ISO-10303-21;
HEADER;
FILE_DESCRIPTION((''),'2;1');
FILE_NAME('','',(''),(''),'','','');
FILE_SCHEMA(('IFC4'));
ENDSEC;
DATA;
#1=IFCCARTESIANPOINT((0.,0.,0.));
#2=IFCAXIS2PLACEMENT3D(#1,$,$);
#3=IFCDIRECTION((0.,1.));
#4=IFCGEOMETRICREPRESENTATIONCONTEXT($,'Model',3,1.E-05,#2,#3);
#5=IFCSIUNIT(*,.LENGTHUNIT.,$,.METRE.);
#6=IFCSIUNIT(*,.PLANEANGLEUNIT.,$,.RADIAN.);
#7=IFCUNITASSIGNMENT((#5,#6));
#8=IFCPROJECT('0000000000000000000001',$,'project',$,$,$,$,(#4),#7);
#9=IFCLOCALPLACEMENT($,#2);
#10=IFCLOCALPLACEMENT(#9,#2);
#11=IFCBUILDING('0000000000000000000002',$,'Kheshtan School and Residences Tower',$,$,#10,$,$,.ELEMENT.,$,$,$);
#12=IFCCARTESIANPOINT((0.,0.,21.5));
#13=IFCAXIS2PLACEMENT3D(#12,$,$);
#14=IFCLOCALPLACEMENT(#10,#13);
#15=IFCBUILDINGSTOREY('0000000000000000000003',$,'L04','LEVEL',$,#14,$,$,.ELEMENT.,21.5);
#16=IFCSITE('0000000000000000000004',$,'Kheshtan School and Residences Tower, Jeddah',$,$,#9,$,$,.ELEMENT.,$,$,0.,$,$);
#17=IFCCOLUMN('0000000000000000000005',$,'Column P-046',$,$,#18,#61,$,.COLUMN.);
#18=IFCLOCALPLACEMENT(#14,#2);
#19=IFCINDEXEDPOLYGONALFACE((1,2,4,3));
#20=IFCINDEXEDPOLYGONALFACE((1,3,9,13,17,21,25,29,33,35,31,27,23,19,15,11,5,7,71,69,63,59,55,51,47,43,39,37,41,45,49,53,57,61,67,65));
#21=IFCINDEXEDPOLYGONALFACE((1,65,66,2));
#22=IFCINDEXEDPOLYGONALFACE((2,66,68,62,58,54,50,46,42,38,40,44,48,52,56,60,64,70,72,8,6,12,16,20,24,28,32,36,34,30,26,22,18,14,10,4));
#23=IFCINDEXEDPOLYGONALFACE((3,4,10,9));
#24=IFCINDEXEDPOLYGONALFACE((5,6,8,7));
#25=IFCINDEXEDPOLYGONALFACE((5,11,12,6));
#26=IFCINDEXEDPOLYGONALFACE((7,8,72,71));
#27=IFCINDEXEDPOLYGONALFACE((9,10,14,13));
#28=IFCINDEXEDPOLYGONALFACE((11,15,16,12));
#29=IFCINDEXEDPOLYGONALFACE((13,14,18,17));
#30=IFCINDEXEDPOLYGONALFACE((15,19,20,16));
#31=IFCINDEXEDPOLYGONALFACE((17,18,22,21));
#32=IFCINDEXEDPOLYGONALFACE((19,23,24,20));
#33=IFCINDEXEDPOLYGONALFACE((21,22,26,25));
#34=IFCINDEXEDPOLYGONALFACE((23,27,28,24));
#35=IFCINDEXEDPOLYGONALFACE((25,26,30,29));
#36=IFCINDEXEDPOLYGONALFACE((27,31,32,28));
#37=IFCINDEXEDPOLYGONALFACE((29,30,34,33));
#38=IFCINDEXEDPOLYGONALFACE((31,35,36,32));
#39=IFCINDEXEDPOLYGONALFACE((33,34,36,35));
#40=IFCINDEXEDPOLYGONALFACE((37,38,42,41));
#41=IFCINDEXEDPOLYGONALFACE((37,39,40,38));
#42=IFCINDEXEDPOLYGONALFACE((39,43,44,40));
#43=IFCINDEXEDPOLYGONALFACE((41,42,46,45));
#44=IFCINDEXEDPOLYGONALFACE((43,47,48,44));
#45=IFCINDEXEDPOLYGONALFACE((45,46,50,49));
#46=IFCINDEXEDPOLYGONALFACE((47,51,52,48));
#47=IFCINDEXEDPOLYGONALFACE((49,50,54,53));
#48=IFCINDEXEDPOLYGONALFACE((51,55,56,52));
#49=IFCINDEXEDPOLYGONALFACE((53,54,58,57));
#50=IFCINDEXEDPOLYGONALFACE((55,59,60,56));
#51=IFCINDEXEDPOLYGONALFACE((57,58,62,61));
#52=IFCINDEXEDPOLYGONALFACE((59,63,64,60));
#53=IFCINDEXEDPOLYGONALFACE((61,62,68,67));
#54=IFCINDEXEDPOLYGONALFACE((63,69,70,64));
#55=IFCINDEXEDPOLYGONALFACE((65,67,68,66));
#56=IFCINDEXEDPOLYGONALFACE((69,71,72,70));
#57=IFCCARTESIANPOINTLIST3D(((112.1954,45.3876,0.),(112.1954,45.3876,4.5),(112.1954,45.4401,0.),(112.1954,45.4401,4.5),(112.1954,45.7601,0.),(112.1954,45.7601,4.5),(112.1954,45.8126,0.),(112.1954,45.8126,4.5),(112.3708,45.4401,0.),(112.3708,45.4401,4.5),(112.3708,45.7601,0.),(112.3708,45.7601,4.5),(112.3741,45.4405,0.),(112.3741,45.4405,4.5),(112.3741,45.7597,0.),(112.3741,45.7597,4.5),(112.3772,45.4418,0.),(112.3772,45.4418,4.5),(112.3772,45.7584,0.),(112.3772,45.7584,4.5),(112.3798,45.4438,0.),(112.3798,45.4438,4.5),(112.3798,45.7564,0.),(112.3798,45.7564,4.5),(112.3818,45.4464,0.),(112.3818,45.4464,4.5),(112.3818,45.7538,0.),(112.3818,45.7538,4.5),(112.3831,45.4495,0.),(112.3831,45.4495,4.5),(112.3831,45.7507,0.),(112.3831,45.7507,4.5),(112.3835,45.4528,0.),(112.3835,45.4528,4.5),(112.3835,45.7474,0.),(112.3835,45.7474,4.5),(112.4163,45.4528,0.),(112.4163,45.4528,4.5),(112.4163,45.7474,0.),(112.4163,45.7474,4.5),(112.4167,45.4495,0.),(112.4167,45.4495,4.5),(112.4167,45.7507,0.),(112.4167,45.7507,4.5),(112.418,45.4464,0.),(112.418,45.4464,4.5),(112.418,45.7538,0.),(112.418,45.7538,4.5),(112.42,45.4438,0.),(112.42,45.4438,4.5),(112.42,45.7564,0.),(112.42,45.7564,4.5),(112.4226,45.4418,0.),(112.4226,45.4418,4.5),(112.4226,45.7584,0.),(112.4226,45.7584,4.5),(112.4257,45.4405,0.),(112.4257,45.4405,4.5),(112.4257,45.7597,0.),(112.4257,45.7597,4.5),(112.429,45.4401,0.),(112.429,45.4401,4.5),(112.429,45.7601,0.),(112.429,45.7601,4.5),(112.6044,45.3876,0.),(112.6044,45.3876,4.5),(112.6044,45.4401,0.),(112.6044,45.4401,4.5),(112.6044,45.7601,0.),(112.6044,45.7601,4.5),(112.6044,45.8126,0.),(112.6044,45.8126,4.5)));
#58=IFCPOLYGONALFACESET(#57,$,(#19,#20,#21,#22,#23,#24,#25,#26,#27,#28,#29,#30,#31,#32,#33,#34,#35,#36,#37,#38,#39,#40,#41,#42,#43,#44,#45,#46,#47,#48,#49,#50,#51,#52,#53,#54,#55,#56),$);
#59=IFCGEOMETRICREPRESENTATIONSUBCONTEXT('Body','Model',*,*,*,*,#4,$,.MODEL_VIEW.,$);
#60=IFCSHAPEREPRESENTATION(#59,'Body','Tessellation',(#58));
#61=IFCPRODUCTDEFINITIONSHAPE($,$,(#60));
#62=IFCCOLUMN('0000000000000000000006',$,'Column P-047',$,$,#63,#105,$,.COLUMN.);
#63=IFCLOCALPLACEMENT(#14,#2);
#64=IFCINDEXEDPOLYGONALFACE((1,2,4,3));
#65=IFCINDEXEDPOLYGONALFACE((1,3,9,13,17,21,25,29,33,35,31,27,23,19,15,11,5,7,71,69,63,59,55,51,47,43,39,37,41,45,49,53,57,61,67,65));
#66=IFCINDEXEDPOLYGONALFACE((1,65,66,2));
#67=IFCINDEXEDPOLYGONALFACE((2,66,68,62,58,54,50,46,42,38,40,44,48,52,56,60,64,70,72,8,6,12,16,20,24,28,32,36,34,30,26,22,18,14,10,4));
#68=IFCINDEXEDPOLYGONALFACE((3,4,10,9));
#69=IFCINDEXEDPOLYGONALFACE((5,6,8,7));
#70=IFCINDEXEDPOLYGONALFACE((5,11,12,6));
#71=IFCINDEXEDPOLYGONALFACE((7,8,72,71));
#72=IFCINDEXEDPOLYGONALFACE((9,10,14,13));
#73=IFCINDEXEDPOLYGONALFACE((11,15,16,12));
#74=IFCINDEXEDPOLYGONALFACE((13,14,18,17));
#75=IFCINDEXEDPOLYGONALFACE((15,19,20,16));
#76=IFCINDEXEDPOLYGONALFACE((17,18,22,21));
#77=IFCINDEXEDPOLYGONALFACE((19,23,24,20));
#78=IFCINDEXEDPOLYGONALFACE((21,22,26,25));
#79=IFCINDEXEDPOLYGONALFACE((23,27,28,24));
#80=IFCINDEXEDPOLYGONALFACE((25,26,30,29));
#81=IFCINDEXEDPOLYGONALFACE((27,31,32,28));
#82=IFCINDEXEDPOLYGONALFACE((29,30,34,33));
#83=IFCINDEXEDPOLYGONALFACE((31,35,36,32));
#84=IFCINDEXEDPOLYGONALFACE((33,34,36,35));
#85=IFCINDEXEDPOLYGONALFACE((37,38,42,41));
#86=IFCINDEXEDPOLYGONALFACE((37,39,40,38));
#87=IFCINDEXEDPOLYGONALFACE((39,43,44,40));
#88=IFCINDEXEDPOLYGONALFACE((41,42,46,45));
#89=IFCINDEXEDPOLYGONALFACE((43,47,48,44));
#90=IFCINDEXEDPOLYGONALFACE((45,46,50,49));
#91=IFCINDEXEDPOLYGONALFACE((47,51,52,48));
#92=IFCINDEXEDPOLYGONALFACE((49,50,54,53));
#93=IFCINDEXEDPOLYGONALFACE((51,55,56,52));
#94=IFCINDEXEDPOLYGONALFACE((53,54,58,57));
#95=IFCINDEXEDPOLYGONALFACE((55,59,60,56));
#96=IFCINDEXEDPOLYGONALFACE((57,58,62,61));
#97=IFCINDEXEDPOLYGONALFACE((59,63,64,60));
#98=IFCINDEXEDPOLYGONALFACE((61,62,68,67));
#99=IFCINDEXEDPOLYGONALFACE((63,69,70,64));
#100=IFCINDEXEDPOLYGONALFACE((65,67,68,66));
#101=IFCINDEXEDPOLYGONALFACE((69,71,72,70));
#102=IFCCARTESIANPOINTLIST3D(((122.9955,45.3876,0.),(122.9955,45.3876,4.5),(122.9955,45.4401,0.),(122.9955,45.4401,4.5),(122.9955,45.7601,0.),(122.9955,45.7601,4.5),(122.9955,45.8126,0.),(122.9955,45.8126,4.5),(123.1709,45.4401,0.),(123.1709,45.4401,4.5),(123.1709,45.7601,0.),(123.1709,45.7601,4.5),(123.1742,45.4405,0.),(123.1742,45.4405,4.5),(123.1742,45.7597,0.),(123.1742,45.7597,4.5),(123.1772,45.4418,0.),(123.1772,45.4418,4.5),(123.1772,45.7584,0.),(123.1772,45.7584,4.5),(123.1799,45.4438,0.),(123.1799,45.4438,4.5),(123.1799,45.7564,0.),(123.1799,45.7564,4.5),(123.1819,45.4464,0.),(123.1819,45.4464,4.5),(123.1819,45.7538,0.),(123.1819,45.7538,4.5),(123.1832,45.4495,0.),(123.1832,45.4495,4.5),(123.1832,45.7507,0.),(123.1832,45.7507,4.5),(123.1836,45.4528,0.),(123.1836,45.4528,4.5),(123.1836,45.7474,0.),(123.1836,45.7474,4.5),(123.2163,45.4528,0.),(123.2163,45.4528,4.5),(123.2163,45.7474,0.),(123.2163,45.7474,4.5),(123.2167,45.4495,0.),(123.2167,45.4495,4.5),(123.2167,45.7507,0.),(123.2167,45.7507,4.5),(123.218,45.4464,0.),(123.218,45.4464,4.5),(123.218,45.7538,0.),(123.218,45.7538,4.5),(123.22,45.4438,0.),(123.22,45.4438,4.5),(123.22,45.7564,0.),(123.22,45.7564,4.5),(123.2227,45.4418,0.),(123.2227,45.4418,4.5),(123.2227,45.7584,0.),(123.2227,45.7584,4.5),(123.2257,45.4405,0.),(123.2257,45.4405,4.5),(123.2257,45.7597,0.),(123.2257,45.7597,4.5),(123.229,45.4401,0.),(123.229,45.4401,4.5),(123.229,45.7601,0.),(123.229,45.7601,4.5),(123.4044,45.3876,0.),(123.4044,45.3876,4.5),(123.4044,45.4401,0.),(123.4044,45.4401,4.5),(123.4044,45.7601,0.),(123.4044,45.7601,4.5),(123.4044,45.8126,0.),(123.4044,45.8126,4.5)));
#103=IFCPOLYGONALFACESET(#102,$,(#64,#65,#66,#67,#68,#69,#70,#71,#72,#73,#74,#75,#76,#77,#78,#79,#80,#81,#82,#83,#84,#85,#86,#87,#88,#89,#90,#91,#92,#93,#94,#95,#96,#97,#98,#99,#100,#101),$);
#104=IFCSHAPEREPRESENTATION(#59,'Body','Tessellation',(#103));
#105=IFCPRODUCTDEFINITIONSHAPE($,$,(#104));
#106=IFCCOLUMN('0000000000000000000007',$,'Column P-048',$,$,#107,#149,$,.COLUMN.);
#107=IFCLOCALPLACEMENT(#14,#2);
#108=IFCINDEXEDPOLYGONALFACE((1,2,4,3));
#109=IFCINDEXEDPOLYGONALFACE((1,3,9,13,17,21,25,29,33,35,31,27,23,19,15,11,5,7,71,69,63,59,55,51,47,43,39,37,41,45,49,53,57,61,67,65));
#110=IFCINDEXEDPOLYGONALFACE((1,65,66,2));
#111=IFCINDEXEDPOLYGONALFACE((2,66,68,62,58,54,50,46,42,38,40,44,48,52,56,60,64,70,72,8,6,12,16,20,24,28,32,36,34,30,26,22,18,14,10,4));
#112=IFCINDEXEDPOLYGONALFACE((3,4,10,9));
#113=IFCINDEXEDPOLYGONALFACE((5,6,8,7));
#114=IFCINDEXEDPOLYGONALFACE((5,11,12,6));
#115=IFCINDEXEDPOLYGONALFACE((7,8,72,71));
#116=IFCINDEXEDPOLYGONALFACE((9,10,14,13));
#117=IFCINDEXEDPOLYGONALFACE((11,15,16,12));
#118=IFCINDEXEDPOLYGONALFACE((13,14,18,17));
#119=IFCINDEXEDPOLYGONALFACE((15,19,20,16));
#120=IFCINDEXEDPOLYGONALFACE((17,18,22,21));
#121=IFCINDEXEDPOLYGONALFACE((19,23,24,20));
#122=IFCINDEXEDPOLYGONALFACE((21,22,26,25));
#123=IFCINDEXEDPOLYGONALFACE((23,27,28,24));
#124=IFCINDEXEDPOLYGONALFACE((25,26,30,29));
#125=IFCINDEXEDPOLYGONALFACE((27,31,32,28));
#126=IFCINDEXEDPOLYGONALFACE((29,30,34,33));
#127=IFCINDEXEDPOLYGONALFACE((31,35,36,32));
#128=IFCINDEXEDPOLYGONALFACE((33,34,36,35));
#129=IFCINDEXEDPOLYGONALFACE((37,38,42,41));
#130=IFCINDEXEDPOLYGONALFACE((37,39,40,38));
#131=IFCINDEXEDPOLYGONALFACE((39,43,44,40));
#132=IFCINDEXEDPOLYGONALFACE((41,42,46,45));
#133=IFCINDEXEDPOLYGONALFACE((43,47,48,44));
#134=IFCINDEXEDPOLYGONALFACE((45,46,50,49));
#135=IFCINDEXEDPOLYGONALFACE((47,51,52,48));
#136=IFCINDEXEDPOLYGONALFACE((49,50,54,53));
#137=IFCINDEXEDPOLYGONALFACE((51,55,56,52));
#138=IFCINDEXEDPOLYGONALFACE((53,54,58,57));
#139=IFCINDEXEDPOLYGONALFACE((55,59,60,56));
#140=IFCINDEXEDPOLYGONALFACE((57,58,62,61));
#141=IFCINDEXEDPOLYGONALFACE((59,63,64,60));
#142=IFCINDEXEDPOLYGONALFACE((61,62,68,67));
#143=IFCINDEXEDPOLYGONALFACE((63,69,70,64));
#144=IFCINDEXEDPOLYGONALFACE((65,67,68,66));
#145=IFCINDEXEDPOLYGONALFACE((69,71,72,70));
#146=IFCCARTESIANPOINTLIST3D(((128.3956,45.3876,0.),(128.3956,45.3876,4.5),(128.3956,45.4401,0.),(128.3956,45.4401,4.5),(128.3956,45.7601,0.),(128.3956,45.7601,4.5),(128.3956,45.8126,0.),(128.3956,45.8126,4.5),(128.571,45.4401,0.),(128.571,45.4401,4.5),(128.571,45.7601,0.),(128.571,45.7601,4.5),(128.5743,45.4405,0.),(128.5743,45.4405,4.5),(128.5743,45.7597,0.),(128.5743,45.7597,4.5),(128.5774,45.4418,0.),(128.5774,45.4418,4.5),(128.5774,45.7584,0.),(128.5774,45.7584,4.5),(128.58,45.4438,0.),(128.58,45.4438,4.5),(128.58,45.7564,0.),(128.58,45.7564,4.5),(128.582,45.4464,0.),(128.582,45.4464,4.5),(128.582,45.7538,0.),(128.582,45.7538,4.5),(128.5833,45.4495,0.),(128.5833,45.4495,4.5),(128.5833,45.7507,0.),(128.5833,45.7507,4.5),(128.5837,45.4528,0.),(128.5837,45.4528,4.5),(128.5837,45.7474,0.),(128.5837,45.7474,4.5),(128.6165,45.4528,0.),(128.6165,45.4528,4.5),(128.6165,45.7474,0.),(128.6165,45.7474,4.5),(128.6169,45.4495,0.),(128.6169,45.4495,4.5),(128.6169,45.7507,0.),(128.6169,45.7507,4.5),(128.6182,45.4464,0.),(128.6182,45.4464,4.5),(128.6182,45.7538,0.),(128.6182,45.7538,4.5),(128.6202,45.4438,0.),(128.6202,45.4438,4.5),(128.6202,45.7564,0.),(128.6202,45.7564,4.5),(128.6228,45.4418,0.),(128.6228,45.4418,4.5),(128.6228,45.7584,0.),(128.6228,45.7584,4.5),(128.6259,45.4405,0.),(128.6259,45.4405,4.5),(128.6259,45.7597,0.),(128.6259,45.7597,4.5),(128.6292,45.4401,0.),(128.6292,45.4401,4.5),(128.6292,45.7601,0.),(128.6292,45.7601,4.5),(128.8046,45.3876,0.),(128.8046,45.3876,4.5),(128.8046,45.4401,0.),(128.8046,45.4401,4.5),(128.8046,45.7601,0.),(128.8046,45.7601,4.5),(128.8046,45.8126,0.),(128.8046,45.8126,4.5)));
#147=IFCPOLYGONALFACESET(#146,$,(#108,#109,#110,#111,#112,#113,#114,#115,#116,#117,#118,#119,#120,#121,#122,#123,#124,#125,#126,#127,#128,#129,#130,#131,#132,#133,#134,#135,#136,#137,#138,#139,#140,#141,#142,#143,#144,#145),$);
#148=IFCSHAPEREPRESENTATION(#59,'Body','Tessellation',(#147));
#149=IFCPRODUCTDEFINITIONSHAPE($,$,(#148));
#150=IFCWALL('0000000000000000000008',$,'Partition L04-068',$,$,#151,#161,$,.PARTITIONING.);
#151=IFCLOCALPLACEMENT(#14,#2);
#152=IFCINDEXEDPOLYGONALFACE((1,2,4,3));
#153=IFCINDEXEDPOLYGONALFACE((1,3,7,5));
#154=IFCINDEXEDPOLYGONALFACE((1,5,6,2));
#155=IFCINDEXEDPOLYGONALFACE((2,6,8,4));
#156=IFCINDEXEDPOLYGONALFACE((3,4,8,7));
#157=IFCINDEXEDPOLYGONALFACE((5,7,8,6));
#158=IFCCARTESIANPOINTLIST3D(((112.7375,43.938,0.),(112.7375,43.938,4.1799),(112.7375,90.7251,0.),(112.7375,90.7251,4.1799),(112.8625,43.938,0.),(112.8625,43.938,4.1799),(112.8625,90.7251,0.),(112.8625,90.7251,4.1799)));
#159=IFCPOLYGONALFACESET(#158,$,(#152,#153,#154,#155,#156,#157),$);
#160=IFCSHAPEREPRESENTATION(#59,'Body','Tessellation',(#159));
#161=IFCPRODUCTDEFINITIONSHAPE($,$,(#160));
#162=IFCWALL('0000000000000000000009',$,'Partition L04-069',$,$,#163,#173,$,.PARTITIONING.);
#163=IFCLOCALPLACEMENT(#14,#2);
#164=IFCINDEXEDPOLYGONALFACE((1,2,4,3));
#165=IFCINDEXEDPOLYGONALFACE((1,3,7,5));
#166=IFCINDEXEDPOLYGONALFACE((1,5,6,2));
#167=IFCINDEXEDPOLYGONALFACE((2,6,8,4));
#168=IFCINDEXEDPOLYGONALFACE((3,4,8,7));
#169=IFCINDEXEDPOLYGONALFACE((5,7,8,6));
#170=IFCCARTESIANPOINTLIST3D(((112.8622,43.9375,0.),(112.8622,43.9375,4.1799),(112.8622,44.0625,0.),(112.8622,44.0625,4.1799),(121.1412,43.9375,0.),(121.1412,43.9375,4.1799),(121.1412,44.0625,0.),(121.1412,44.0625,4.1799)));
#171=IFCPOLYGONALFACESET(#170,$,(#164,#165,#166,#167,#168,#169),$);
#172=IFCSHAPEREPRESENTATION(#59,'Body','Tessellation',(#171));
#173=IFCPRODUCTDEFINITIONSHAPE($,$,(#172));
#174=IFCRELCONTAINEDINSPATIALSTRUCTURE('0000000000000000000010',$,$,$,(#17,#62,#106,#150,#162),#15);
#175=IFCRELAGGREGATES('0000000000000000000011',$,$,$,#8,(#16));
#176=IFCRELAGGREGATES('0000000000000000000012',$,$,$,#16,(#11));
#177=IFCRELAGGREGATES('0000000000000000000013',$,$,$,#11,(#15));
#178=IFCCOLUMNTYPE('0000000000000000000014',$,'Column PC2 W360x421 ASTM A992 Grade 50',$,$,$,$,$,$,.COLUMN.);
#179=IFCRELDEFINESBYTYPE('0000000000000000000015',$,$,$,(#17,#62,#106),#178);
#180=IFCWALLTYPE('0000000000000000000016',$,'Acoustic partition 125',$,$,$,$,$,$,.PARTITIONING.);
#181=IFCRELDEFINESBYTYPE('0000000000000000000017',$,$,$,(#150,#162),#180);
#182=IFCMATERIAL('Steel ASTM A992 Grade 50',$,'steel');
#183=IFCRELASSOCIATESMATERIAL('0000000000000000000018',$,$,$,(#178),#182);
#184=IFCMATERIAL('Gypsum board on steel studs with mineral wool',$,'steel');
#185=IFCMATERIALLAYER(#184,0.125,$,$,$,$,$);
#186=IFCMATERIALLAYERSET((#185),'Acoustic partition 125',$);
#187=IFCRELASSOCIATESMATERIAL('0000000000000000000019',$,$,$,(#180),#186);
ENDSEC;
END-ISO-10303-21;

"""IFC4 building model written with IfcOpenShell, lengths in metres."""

from ifc_helpers import new_model, si_unit, direction, frame, frame_2d, origin, origin_2d, place, context, subcontext, project, spatial, rectangle, i_section, extrude, material, layer, layer_set, material_profile, profile_set, type_object, element, save


model = new_model("IFC4")

# Units and contexts
model_context = context("Model", 3, precision=1e-05, world=origin(), true_north=direction((0.0, 1.0)))
body_context = subcontext(model_context, "Body", "Model", "MODEL_VIEW")
ifc_project = project(units=[si_unit("LENGTHUNIT", "METRE"), si_unit("PLANEANGLEUNIT", "RADIAN")], contexts=[model_context])

# Site, building, storey
site_placement = place(None, origin())
site = spatial("IfcSite", under=ifc_project, at=site_placement, Name="Kheshtan School and Residences Tower, Jeddah", CompositionType="ELEMENT", RefElevation=0.0)
building_placement = place(site_placement, origin())
building = spatial("IfcBuilding", under=site, at=building_placement, Name="Kheshtan School and Residences Tower", CompositionType="ELEMENT")
storey_placement = place(building_placement, frame((0.0, 0.0, 21.5)))
storey = spatial("IfcBuildingStorey", under=building, at=storey_placement, Name="L04", Description="LEVEL", CompositionType="ELEMENT", Elevation=21.5)

# Columns
ifc_material_1 = material(Name="Steel ASTM A992 Grade 50", Category="steel")
ifc_material_profile = material_profile(ifc_material_1, i_section(OverallWidth=0.4089, OverallDepth=0.425, WebThickness=0.0327, FlangeThickness=0.0525, FilletRadius=0.0127, at=origin_2d()), Name="W360x421")
ifc_profile_set = profile_set([ifc_material_profile], Name="Steel ASTM A992 Grade 50")
column_type = type_object("IfcColumnType", Name="Column PC2 W360x421 ASTM A992 Grade 50", PredefinedType="COLUMN", material=ifc_profile_set)
for number, where, z_axis, x_axis, name in (
    (1, (112.3999, 45.6001, 0.0), (0.0, 0.0, 1.0), (1.0, 0.0, 0.0), "Column P-046"),
    (2, (123.2, 45.6001, 0.0), (0.0, 0.0, 1.0), (1.0, 0.0, 0.0), "Column P-047"),
    (3, (128.6001, 45.6001, 0.0), (0.0, 0.0, 1.0), (1.0, 0.0, 0.0), "Column P-048"),
):
    element("IfcColumn", number, at=place(storey_placement, frame(where, z_axis=z_axis, x_axis=x_axis)), inside=storey, type_object=column_type, Name=name, PredefinedType="COLUMN", context=body_context, shape_type="SweptSolid", body=[
        extrude(i_section(OverallWidth=0.4089, OverallDepth=0.425, WebThickness=0.0327, FlangeThickness=0.0525, FilletRadius=0.0127, at=origin_2d()), origin(), (0.0, 0.0, 1.0), 4.5),
    ])

# Walls
ifc_material_2 = material(Name="Gypsum board on steel studs with mineral wool", Category="steel")
ifc_layer_1 = layer(ifc_material_2, 0.125)
ifc_layer_set_1 = layer_set([ifc_layer_1], Name="Acoustic partition 125")
wall_type_1 = type_object("IfcWallType", Name="Acoustic partition 125", PredefinedType="PARTITIONING", material=ifc_layer_set_1)
wall_1_placement = place(storey_placement, frame((112.8, 43.938, 0.0), z_axis=(0.0, 0.0, 1.0), x_axis=(0.0, 1.0, 0.0)))
element("IfcWall", 4, at=wall_1_placement, inside=storey, type_object=wall_type_1, Name="Partition L04-068", PredefinedType="PARTITIONING", context=body_context, shape_type="SweptSolid", body=[
    extrude(rectangle(XDim=46.7871, YDim=0.125, at=frame_2d((23.3936, 0.0))), origin(), (0.0, 0.0, 1.0), 4.1799),
])
wall_2_placement = place(storey_placement, frame((112.8621, 44.0, 0.0), z_axis=(0.0, 0.0, 1.0), x_axis=(1.0, 0.0, 0.0)))
element("IfcWall", 5, at=wall_2_placement, inside=storey, type_object=wall_type_1, Name="Partition L04-069", PredefinedType="PARTITIONING", context=body_context, shape_type="SweptSolid", body=[
    extrude(rectangle(XDim=8.2791, YDim=0.125, at=frame_2d((4.1396, 0.0))), origin(), (0.0, 0.0, 1.0), 4.1799),
])

save(model, "model.ifc")
